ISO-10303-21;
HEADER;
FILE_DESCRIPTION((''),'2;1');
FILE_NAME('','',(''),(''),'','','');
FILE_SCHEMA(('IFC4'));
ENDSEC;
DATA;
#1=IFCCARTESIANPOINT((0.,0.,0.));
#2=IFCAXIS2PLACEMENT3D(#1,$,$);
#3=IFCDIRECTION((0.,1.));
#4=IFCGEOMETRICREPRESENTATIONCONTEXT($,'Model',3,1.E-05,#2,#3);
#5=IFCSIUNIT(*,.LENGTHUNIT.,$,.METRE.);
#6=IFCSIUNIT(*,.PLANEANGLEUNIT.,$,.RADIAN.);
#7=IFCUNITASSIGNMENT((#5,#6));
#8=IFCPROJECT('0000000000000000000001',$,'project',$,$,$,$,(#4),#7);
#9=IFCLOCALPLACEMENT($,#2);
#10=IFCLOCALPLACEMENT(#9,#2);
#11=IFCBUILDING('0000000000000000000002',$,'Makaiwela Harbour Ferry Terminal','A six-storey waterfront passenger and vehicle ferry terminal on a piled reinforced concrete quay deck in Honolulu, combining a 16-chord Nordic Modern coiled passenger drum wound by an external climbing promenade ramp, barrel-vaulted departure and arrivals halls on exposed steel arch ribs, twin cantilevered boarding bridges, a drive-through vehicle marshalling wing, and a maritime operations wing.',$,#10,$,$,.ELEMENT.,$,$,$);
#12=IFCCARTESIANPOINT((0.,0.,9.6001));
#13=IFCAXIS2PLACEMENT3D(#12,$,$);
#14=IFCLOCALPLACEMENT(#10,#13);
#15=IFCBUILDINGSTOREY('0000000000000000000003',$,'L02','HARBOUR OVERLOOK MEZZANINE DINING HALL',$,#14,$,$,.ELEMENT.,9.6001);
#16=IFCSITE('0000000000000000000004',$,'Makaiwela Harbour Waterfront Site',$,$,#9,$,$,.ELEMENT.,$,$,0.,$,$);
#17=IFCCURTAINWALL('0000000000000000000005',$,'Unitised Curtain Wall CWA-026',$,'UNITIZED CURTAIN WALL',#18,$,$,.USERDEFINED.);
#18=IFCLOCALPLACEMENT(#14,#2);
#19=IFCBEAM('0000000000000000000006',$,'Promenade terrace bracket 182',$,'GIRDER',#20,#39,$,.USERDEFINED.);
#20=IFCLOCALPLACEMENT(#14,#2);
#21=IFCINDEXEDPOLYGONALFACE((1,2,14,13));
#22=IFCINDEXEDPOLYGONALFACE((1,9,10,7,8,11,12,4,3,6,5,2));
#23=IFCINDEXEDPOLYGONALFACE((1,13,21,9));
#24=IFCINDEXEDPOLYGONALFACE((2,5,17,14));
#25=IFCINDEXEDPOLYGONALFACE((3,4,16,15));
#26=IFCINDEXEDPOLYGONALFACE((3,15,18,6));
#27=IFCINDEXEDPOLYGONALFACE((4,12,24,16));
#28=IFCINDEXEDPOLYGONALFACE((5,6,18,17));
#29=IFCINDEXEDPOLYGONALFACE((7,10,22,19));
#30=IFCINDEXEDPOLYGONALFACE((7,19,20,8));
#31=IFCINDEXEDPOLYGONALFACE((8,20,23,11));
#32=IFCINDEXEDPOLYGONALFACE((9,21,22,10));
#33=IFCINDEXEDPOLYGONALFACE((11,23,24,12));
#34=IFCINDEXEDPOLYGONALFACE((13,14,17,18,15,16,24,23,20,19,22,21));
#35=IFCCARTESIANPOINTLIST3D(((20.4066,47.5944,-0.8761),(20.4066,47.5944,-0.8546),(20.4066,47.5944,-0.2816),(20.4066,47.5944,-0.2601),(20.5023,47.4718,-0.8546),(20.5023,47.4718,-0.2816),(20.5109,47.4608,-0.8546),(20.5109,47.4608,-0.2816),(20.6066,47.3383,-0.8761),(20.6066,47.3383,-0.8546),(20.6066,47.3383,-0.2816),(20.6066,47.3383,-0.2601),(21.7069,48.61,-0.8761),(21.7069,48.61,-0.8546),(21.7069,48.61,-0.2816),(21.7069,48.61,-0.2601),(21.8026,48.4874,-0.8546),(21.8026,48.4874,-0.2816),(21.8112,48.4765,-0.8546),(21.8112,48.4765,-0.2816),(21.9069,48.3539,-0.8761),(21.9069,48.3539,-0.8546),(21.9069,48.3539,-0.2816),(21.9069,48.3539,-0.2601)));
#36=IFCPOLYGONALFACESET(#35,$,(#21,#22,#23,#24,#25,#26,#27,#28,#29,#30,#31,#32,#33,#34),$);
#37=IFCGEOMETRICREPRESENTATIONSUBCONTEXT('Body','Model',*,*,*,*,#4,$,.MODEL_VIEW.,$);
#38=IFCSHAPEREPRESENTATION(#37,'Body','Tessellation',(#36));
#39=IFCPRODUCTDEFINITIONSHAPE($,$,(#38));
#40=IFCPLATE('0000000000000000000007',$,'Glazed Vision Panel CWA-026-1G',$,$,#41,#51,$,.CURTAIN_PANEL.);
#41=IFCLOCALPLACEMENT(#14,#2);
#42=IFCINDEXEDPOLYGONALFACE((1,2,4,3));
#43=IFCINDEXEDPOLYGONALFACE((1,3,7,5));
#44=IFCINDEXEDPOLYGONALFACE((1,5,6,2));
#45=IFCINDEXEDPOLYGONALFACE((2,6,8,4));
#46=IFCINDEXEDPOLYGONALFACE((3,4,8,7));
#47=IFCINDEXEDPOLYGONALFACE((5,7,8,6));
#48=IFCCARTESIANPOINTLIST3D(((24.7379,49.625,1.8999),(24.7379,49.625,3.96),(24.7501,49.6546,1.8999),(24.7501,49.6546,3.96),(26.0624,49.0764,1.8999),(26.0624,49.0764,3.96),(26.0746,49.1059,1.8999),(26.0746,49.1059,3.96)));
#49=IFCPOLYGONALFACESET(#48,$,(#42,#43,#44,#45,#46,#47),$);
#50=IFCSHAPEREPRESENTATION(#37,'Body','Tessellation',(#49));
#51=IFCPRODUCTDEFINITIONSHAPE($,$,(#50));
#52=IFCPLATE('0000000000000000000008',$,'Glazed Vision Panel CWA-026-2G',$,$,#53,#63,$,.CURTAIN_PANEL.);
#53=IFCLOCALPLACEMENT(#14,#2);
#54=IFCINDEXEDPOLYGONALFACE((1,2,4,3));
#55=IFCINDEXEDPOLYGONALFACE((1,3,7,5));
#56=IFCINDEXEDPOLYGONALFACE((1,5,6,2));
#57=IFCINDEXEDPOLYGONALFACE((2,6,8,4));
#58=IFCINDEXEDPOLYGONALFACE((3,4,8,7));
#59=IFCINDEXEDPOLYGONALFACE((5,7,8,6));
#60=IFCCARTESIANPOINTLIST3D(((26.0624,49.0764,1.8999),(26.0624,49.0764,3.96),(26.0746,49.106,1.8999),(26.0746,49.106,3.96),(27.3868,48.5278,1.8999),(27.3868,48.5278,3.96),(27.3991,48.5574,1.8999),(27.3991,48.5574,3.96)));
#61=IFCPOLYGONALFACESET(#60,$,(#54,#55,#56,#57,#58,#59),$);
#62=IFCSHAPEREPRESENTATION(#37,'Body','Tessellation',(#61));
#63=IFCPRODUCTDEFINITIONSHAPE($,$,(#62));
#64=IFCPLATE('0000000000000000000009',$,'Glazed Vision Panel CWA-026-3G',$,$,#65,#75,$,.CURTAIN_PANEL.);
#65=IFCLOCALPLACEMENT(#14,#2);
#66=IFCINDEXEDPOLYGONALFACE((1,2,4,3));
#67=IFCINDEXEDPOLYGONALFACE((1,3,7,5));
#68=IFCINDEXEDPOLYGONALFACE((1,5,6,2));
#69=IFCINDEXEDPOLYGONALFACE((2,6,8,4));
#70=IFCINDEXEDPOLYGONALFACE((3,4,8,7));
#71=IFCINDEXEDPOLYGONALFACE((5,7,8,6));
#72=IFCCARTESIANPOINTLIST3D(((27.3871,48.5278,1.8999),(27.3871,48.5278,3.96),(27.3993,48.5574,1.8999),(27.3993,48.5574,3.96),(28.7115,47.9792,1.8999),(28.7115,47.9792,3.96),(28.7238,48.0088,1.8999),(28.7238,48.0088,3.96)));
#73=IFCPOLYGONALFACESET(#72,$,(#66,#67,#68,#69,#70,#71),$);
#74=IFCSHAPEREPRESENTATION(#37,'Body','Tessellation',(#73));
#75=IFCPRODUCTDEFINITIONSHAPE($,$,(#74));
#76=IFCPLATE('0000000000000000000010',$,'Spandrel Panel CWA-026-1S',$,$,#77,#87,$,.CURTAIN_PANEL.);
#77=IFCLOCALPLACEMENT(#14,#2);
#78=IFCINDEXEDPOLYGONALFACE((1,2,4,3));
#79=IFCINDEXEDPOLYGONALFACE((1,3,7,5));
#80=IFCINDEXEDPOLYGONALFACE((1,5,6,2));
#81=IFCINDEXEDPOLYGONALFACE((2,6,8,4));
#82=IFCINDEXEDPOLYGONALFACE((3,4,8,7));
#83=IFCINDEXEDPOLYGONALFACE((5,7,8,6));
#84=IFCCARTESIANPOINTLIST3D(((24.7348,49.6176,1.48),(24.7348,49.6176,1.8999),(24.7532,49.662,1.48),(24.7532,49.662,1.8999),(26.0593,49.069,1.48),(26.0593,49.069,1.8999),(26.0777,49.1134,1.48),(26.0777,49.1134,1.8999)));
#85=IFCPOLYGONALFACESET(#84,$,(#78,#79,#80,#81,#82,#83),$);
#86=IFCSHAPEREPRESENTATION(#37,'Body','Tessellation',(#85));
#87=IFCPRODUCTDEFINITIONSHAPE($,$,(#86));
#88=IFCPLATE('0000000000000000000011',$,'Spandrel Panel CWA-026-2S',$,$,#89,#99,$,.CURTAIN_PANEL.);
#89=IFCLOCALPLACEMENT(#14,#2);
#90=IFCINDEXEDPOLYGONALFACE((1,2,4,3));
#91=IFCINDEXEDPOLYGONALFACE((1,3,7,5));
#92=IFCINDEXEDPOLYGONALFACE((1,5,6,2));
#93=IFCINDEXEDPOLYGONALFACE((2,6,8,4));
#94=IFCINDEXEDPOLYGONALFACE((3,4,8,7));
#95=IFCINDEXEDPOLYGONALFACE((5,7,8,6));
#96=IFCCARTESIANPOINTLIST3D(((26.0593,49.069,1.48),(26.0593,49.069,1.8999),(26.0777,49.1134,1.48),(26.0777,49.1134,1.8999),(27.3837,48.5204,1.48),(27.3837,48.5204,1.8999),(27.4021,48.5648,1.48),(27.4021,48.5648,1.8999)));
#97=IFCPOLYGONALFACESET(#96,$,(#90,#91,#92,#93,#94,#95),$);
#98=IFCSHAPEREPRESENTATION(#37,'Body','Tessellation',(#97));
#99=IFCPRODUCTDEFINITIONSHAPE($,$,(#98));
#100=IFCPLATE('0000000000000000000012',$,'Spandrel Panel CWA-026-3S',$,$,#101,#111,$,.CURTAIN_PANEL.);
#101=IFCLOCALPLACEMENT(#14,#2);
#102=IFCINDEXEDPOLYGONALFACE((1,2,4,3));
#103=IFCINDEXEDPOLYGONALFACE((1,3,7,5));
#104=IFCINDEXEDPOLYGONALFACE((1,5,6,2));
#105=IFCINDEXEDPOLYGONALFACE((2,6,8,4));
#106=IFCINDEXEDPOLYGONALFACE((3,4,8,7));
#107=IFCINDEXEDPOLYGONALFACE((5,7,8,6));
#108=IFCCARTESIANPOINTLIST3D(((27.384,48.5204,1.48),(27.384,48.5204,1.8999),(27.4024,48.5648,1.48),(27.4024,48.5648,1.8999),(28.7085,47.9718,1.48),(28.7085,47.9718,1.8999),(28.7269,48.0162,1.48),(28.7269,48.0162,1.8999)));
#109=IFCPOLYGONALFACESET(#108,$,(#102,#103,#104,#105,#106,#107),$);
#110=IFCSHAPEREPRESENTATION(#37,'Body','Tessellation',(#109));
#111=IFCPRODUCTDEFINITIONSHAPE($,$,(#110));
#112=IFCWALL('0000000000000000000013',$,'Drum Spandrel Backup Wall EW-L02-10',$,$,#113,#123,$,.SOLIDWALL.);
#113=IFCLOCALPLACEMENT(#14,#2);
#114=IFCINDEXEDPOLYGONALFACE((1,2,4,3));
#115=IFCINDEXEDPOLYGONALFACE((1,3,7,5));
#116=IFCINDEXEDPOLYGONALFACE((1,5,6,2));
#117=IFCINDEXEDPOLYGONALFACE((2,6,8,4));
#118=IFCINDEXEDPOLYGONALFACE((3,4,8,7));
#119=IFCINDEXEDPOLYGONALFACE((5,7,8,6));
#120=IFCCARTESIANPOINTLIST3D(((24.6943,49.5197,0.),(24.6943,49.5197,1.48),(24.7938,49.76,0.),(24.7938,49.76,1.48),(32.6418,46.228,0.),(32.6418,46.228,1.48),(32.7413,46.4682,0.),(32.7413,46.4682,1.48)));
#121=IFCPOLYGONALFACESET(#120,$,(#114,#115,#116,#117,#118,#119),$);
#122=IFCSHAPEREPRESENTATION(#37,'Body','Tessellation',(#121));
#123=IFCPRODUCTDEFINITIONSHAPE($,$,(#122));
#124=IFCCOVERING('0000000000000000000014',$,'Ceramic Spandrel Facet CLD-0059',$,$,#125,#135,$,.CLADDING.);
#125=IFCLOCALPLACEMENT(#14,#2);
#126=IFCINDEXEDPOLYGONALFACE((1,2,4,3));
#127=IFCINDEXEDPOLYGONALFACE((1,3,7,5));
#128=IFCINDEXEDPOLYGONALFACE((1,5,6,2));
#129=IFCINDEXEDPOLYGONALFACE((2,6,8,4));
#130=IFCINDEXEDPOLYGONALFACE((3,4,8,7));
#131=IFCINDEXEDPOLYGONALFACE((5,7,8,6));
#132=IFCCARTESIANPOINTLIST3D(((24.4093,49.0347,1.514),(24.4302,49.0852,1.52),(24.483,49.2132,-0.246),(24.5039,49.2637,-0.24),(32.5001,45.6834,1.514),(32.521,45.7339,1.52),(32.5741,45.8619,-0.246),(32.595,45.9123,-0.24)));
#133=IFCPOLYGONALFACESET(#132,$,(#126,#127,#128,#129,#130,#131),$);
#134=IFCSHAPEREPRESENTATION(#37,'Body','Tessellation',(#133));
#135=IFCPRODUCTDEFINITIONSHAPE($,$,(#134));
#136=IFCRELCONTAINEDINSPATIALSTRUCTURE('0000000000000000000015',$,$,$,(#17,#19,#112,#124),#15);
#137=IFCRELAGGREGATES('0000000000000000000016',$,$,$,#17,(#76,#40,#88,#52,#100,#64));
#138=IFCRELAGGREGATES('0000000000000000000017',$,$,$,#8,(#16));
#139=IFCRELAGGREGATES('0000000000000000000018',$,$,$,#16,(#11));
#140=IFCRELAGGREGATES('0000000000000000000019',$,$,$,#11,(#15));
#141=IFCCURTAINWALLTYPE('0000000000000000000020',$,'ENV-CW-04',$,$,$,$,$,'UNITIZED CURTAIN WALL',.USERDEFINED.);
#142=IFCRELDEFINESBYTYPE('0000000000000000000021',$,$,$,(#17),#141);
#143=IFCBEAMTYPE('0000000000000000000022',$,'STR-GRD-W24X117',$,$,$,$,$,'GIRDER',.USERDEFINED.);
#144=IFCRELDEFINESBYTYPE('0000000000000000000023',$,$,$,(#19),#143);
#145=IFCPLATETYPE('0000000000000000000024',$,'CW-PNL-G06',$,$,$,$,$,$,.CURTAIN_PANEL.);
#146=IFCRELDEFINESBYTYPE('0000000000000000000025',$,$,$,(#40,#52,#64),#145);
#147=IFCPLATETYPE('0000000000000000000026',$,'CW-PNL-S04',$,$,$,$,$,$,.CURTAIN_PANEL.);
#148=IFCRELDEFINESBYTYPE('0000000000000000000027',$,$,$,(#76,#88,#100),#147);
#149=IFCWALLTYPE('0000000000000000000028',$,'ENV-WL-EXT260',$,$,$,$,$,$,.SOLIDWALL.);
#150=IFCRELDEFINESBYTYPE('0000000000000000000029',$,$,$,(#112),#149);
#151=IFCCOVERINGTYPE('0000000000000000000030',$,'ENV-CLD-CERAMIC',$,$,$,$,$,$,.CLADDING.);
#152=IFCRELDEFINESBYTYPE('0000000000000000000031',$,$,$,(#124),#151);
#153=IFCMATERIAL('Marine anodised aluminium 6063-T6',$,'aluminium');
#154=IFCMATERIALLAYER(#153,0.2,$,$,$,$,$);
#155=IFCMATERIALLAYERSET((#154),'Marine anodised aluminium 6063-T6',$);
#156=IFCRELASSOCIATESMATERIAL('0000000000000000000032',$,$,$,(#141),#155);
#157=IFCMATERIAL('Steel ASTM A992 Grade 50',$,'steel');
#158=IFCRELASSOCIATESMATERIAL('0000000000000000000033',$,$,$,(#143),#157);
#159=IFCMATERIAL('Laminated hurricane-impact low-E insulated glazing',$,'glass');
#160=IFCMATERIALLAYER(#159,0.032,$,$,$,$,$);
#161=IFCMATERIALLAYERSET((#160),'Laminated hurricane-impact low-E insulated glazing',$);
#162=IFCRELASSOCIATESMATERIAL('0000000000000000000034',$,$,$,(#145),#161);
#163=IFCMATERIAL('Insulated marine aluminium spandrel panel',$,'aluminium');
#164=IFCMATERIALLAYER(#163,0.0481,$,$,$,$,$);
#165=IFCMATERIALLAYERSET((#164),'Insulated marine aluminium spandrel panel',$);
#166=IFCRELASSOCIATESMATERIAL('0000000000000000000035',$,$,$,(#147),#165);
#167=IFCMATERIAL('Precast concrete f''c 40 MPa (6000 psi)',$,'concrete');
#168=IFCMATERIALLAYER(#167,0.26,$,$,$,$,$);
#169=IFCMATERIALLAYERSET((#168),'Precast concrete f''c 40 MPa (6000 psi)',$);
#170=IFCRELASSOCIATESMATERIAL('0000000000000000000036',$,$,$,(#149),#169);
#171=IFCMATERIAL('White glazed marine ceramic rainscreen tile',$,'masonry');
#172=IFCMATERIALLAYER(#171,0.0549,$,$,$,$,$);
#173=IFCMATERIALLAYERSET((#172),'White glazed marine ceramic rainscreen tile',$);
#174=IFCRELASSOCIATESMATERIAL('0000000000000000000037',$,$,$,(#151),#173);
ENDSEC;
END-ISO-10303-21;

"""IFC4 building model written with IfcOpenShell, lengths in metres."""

from ifc_helpers import new_model, si_unit, direction, frame, frame_2d, origin, origin_2d, place, context, subcontext, project, spatial, polyline, rectangle, i_section, outline, extrude, material, layer, layer_set, material_profile, profile_set, type_object, element, aggregate, save


model = new_model("IFC4")

# Units and contexts
model_context = context("Model", 3, precision=1e-05, world=origin(), true_north=direction((0.0, 1.0)))
body_context = subcontext(model_context, "Body", "Model", "MODEL_VIEW")
ifc_project = project(units=[si_unit("LENGTHUNIT", "METRE"), si_unit("PLANEANGLEUNIT", "RADIAN")], contexts=[model_context])

# Site, building, storey
site_placement = place(None, origin())
site = spatial("IfcSite", under=ifc_project, at=site_placement, Name="Makaiwela Harbour Waterfront Site", CompositionType="ELEMENT", RefElevation=0.0)
building_placement = place(site_placement, origin())
building = spatial("IfcBuilding", under=site, at=building_placement, Name="Makaiwela Harbour Ferry Terminal", Description="A six-storey waterfront passenger and vehicle ferry terminal on a piled reinforced concrete quay deck in Honolulu, combining a 16-chord Nordic Modern coiled passenger drum wound by an external climbing promenade ramp, barrel-vaulted departure and arrivals halls on exposed steel arch ribs, twin cantilevered boarding bridges, a drive-through vehicle marshalling wing, and a maritime operations wing.", CompositionType="ELEMENT")
storey_placement = place(building_placement, frame((0.0, 0.0, 9.6001)))
storey = spatial("IfcBuildingStorey", under=building, at=storey_placement, Name="L02", Description="HARBOUR OVERLOOK MEZZANINE DINING HALL", CompositionType="ELEMENT", Elevation=9.6001)

# Curtain wall
ifc_material_1 = material(Name="Marine anodised aluminium 6063-T6", Category="aluminium")
ifc_layer_1 = layer(ifc_material_1, 0.2)
ifc_layer_set_1 = layer_set([ifc_layer_1], Name="Marine anodised aluminium 6063-T6")
curtain_wall_type = type_object("IfcCurtainWallType", Name="ENV-CW-04", ElementType="UNITIZED CURTAIN WALL", PredefinedType="USERDEFINED", material=ifc_layer_set_1)
curtain_wall_placement = place(storey_placement, origin())
curtain_wall = element("IfcCurtainWall", 1, at=curtain_wall_placement, inside=storey, type_object=curtain_wall_type, Name="Unitised Curtain Wall CWA-026", ObjectType="UNITIZED CURTAIN WALL", PredefinedType="USERDEFINED")

# Beam
ifc_material_2 = material(Name="Steel ASTM A992 Grade 50", Category="steel")
ifc_material_profile_1 = material_profile(ifc_material_2, i_section(OverallWidth=0.325, OverallDepth=0.616, WebThickness=0.0139, FlangeThickness=0.0215, at=origin_2d()), Name="W24X117")
ifc_profile_set_1 = profile_set([ifc_material_profile_1], Name="Steel ASTM A992 Grade 50")
beam_type_1 = type_object("IfcBeamType", Name="STR-GRD-W24X117", ElementType="GIRDER", PredefinedType="USERDEFINED", material=ifc_profile_set_1)
beam_1_placement = place(storey_placement, frame((21.8069, 48.4819, -0.5681), z_axis=(-0.788092, -0.615558, 0.0), x_axis=(0.615558, -0.788092, 0.0)))
element("IfcBeam", 2, at=beam_1_placement, inside=storey, type_object=beam_type_1, Name="Promenade terrace bracket 182", ObjectType="GIRDER", PredefinedType="USERDEFINED", context=body_context, shape_type="SweptSolid", body=[
    extrude(i_section(OverallWidth=0.325, OverallDepth=0.616, WebThickness=0.0139, FlangeThickness=0.0215, at=origin_2d()), origin(), (0.0, 0.0, 1.0), 1.6499),
])

# Plates
ifc_material_3 = material(Name="Laminated hurricane-impact low-E insulated glazing", Category="glass")
ifc_layer_2 = layer(ifc_material_3, 0.032)
ifc_layer_set_2 = layer_set([ifc_layer_2], Name="Laminated hurricane-impact low-E insulated glazing")
plate_type_1 = type_object("IfcPlateType", Name="CW-PNL-G06", PredefinedType="CURTAIN_PANEL", material=ifc_layer_set_2)
plate_1_placement = place(storey_placement, frame((25.4062, 49.3655, 1.8999), z_axis=(0.0, 0.0, 1.0), x_axis=(0.92388, -0.382683, 0.0)))
plate_1 = element("IfcPlate", 3, at=plate_1_placement, type_object=plate_type_1, Name="Glazed Vision Panel CWA-026-1G", PredefinedType="CURTAIN_PANEL", context=body_context, shape_type="SweptSolid", body=[
    extrude(rectangle(XDim=1.4336, YDim=0.032, at=origin_2d()), origin(), (0.0, 0.0, 1.0), 2.0601),
])
plate_2_placement = place(storey_placement, frame((26.7307, 48.8169, 1.8999), z_axis=(0.0, 0.0, 1.0), x_axis=(0.92388, -0.382683, 0.0)))
plate_2 = element("IfcPlate", 4, at=plate_2_placement, type_object=plate_type_1, Name="Glazed Vision Panel CWA-026-2G", PredefinedType="CURTAIN_PANEL", context=body_context, shape_type="SweptSolid", body=[
    extrude(rectangle(XDim=1.4336, YDim=0.032, at=origin_2d()), origin(), (0.0, 0.0, 1.0), 2.0601),
])
plate_3_placement = place(storey_placement, frame((28.0554, 48.2683, 1.8999), z_axis=(0.0, 0.0, 1.0), x_axis=(0.92388, -0.382683, 0.0)))
plate_3 = element("IfcPlate", 5, at=plate_3_placement, type_object=plate_type_1, Name="Glazed Vision Panel CWA-026-3G", PredefinedType="CURTAIN_PANEL", context=body_context, shape_type="SweptSolid", body=[
    extrude(rectangle(XDim=1.4336, YDim=0.032, at=origin_2d()), origin(), (0.0, 0.0, 1.0), 2.0601),
])
ifc_material_4 = material(Name="Insulated marine aluminium spandrel panel", Category="aluminium")
ifc_layer_3 = layer(ifc_material_4, 0.0481)
ifc_layer_set_3 = layer_set([ifc_layer_3], Name="Insulated marine aluminium spandrel panel")
plate_type_2 = type_object("IfcPlateType", Name="CW-PNL-S04", PredefinedType="CURTAIN_PANEL", material=ifc_layer_set_3)
plate_4_placement = place(storey_placement, frame((25.4062, 49.3655, 1.48), z_axis=(0.0, 0.0, 1.0), x_axis=(0.92388, -0.382683, 0.0)))
plate_4 = element("IfcPlate", 6, at=plate_4_placement, type_object=plate_type_2, Name="Spandrel Panel CWA-026-1S", PredefinedType="CURTAIN_PANEL", context=body_context, shape_type="SweptSolid", body=[
    extrude(rectangle(XDim=1.4336, YDim=0.0481, at=origin_2d()), origin(), (0.0, 0.0, 1.0), 0.4199),
])
plate_5_placement = place(storey_placement, frame((26.7307, 48.8169, 1.48), z_axis=(0.0, 0.0, 1.0), x_axis=(0.92388, -0.382683, 0.0)))
plate_5 = element("IfcPlate", 7, at=plate_5_placement, type_object=plate_type_2, Name="Spandrel Panel CWA-026-2S", PredefinedType="CURTAIN_PANEL", context=body_context, shape_type="SweptSolid", body=[
    extrude(rectangle(XDim=1.4336, YDim=0.0481, at=origin_2d()), origin(), (0.0, 0.0, 1.0), 0.4199),
])
plate_6_placement = place(storey_placement, frame((28.0554, 48.2683, 1.48), z_axis=(0.0, 0.0, 1.0), x_axis=(0.92388, -0.382683, 0.0)))
plate_6 = element("IfcPlate", 8, at=plate_6_placement, type_object=plate_type_2, Name="Spandrel Panel CWA-026-3S", PredefinedType="CURTAIN_PANEL", context=body_context, shape_type="SweptSolid", body=[
    extrude(rectangle(XDim=1.4336, YDim=0.0481, at=origin_2d()), origin(), (0.0, 0.0, 1.0), 0.4199),
])
aggregate(curtain_wall, [plate_4, plate_1, plate_5, plate_2, plate_6, plate_3])

# Wall
ifc_material_5 = material(Name="Precast concrete f'c 40 MPa (6000 psi)", Category="concrete")
ifc_layer_4 = layer(ifc_material_5, 0.26)
ifc_layer_set_4 = layer_set([ifc_layer_4], Name="Precast concrete f'c 40 MPa (6000 psi)")
wall_type = type_object("IfcWallType", Name="ENV-WL-EXT260", PredefinedType="SOLIDWALL", material=ifc_layer_set_4)
wall_placement = place(storey_placement, frame((24.7439, 49.6399, 0.0), z_axis=(0.0, 0.0, 1.0), x_axis=(0.923889, -0.382662, 0.0)))
element("IfcWall", 9, at=wall_placement, inside=storey, type_object=wall_type, Name="Drum Spandrel Backup Wall EW-L02-10", PredefinedType="SOLIDWALL", context=body_context, shape_type="SweptSolid", body=[
    extrude(rectangle(XDim=8.6023, YDim=0.26, at=frame_2d((4.3013, 0.0))), origin(), (0.0, 0.0, 1.0), 1.48),
])

# Covering
ifc_material_6 = material(Name="White glazed marine ceramic rainscreen tile", Category="masonry")
ifc_layer_5 = layer(ifc_material_6, 0.0549)
ifc_layer_set_5 = layer_set([ifc_layer_5], Name="White glazed marine ceramic rainscreen tile")
covering_type = type_object("IfcCoveringType", Name="ENV-CLD-CERAMIC", PredefinedType="CLADDING", material=ifc_layer_set_5)
covering_placement = place(storey_placement, frame((24.5039, 49.2637, -0.24), z_axis=(0.380394, 0.918369, 0.109085), x_axis=(0.923882, -0.382678, -0.000001)))
element("IfcCovering", 10, at=covering_placement, inside=storey, type_object=covering_type, Name="Ceramic Spandrel Facet CLD-0059", PredefinedType="CLADDING", context=body_context, shape_type="SweptSolid", body=[
    extrude(outline(polyline([(0.0, 0.0), (8.7577, 0.0), (8.7576, -1.7706), (0.0002, -1.7706), (0.0, 0.0)])), origin(), (0.0, 0.0, -1.0), 0.0549),
])

save(model, "model.ifc")
